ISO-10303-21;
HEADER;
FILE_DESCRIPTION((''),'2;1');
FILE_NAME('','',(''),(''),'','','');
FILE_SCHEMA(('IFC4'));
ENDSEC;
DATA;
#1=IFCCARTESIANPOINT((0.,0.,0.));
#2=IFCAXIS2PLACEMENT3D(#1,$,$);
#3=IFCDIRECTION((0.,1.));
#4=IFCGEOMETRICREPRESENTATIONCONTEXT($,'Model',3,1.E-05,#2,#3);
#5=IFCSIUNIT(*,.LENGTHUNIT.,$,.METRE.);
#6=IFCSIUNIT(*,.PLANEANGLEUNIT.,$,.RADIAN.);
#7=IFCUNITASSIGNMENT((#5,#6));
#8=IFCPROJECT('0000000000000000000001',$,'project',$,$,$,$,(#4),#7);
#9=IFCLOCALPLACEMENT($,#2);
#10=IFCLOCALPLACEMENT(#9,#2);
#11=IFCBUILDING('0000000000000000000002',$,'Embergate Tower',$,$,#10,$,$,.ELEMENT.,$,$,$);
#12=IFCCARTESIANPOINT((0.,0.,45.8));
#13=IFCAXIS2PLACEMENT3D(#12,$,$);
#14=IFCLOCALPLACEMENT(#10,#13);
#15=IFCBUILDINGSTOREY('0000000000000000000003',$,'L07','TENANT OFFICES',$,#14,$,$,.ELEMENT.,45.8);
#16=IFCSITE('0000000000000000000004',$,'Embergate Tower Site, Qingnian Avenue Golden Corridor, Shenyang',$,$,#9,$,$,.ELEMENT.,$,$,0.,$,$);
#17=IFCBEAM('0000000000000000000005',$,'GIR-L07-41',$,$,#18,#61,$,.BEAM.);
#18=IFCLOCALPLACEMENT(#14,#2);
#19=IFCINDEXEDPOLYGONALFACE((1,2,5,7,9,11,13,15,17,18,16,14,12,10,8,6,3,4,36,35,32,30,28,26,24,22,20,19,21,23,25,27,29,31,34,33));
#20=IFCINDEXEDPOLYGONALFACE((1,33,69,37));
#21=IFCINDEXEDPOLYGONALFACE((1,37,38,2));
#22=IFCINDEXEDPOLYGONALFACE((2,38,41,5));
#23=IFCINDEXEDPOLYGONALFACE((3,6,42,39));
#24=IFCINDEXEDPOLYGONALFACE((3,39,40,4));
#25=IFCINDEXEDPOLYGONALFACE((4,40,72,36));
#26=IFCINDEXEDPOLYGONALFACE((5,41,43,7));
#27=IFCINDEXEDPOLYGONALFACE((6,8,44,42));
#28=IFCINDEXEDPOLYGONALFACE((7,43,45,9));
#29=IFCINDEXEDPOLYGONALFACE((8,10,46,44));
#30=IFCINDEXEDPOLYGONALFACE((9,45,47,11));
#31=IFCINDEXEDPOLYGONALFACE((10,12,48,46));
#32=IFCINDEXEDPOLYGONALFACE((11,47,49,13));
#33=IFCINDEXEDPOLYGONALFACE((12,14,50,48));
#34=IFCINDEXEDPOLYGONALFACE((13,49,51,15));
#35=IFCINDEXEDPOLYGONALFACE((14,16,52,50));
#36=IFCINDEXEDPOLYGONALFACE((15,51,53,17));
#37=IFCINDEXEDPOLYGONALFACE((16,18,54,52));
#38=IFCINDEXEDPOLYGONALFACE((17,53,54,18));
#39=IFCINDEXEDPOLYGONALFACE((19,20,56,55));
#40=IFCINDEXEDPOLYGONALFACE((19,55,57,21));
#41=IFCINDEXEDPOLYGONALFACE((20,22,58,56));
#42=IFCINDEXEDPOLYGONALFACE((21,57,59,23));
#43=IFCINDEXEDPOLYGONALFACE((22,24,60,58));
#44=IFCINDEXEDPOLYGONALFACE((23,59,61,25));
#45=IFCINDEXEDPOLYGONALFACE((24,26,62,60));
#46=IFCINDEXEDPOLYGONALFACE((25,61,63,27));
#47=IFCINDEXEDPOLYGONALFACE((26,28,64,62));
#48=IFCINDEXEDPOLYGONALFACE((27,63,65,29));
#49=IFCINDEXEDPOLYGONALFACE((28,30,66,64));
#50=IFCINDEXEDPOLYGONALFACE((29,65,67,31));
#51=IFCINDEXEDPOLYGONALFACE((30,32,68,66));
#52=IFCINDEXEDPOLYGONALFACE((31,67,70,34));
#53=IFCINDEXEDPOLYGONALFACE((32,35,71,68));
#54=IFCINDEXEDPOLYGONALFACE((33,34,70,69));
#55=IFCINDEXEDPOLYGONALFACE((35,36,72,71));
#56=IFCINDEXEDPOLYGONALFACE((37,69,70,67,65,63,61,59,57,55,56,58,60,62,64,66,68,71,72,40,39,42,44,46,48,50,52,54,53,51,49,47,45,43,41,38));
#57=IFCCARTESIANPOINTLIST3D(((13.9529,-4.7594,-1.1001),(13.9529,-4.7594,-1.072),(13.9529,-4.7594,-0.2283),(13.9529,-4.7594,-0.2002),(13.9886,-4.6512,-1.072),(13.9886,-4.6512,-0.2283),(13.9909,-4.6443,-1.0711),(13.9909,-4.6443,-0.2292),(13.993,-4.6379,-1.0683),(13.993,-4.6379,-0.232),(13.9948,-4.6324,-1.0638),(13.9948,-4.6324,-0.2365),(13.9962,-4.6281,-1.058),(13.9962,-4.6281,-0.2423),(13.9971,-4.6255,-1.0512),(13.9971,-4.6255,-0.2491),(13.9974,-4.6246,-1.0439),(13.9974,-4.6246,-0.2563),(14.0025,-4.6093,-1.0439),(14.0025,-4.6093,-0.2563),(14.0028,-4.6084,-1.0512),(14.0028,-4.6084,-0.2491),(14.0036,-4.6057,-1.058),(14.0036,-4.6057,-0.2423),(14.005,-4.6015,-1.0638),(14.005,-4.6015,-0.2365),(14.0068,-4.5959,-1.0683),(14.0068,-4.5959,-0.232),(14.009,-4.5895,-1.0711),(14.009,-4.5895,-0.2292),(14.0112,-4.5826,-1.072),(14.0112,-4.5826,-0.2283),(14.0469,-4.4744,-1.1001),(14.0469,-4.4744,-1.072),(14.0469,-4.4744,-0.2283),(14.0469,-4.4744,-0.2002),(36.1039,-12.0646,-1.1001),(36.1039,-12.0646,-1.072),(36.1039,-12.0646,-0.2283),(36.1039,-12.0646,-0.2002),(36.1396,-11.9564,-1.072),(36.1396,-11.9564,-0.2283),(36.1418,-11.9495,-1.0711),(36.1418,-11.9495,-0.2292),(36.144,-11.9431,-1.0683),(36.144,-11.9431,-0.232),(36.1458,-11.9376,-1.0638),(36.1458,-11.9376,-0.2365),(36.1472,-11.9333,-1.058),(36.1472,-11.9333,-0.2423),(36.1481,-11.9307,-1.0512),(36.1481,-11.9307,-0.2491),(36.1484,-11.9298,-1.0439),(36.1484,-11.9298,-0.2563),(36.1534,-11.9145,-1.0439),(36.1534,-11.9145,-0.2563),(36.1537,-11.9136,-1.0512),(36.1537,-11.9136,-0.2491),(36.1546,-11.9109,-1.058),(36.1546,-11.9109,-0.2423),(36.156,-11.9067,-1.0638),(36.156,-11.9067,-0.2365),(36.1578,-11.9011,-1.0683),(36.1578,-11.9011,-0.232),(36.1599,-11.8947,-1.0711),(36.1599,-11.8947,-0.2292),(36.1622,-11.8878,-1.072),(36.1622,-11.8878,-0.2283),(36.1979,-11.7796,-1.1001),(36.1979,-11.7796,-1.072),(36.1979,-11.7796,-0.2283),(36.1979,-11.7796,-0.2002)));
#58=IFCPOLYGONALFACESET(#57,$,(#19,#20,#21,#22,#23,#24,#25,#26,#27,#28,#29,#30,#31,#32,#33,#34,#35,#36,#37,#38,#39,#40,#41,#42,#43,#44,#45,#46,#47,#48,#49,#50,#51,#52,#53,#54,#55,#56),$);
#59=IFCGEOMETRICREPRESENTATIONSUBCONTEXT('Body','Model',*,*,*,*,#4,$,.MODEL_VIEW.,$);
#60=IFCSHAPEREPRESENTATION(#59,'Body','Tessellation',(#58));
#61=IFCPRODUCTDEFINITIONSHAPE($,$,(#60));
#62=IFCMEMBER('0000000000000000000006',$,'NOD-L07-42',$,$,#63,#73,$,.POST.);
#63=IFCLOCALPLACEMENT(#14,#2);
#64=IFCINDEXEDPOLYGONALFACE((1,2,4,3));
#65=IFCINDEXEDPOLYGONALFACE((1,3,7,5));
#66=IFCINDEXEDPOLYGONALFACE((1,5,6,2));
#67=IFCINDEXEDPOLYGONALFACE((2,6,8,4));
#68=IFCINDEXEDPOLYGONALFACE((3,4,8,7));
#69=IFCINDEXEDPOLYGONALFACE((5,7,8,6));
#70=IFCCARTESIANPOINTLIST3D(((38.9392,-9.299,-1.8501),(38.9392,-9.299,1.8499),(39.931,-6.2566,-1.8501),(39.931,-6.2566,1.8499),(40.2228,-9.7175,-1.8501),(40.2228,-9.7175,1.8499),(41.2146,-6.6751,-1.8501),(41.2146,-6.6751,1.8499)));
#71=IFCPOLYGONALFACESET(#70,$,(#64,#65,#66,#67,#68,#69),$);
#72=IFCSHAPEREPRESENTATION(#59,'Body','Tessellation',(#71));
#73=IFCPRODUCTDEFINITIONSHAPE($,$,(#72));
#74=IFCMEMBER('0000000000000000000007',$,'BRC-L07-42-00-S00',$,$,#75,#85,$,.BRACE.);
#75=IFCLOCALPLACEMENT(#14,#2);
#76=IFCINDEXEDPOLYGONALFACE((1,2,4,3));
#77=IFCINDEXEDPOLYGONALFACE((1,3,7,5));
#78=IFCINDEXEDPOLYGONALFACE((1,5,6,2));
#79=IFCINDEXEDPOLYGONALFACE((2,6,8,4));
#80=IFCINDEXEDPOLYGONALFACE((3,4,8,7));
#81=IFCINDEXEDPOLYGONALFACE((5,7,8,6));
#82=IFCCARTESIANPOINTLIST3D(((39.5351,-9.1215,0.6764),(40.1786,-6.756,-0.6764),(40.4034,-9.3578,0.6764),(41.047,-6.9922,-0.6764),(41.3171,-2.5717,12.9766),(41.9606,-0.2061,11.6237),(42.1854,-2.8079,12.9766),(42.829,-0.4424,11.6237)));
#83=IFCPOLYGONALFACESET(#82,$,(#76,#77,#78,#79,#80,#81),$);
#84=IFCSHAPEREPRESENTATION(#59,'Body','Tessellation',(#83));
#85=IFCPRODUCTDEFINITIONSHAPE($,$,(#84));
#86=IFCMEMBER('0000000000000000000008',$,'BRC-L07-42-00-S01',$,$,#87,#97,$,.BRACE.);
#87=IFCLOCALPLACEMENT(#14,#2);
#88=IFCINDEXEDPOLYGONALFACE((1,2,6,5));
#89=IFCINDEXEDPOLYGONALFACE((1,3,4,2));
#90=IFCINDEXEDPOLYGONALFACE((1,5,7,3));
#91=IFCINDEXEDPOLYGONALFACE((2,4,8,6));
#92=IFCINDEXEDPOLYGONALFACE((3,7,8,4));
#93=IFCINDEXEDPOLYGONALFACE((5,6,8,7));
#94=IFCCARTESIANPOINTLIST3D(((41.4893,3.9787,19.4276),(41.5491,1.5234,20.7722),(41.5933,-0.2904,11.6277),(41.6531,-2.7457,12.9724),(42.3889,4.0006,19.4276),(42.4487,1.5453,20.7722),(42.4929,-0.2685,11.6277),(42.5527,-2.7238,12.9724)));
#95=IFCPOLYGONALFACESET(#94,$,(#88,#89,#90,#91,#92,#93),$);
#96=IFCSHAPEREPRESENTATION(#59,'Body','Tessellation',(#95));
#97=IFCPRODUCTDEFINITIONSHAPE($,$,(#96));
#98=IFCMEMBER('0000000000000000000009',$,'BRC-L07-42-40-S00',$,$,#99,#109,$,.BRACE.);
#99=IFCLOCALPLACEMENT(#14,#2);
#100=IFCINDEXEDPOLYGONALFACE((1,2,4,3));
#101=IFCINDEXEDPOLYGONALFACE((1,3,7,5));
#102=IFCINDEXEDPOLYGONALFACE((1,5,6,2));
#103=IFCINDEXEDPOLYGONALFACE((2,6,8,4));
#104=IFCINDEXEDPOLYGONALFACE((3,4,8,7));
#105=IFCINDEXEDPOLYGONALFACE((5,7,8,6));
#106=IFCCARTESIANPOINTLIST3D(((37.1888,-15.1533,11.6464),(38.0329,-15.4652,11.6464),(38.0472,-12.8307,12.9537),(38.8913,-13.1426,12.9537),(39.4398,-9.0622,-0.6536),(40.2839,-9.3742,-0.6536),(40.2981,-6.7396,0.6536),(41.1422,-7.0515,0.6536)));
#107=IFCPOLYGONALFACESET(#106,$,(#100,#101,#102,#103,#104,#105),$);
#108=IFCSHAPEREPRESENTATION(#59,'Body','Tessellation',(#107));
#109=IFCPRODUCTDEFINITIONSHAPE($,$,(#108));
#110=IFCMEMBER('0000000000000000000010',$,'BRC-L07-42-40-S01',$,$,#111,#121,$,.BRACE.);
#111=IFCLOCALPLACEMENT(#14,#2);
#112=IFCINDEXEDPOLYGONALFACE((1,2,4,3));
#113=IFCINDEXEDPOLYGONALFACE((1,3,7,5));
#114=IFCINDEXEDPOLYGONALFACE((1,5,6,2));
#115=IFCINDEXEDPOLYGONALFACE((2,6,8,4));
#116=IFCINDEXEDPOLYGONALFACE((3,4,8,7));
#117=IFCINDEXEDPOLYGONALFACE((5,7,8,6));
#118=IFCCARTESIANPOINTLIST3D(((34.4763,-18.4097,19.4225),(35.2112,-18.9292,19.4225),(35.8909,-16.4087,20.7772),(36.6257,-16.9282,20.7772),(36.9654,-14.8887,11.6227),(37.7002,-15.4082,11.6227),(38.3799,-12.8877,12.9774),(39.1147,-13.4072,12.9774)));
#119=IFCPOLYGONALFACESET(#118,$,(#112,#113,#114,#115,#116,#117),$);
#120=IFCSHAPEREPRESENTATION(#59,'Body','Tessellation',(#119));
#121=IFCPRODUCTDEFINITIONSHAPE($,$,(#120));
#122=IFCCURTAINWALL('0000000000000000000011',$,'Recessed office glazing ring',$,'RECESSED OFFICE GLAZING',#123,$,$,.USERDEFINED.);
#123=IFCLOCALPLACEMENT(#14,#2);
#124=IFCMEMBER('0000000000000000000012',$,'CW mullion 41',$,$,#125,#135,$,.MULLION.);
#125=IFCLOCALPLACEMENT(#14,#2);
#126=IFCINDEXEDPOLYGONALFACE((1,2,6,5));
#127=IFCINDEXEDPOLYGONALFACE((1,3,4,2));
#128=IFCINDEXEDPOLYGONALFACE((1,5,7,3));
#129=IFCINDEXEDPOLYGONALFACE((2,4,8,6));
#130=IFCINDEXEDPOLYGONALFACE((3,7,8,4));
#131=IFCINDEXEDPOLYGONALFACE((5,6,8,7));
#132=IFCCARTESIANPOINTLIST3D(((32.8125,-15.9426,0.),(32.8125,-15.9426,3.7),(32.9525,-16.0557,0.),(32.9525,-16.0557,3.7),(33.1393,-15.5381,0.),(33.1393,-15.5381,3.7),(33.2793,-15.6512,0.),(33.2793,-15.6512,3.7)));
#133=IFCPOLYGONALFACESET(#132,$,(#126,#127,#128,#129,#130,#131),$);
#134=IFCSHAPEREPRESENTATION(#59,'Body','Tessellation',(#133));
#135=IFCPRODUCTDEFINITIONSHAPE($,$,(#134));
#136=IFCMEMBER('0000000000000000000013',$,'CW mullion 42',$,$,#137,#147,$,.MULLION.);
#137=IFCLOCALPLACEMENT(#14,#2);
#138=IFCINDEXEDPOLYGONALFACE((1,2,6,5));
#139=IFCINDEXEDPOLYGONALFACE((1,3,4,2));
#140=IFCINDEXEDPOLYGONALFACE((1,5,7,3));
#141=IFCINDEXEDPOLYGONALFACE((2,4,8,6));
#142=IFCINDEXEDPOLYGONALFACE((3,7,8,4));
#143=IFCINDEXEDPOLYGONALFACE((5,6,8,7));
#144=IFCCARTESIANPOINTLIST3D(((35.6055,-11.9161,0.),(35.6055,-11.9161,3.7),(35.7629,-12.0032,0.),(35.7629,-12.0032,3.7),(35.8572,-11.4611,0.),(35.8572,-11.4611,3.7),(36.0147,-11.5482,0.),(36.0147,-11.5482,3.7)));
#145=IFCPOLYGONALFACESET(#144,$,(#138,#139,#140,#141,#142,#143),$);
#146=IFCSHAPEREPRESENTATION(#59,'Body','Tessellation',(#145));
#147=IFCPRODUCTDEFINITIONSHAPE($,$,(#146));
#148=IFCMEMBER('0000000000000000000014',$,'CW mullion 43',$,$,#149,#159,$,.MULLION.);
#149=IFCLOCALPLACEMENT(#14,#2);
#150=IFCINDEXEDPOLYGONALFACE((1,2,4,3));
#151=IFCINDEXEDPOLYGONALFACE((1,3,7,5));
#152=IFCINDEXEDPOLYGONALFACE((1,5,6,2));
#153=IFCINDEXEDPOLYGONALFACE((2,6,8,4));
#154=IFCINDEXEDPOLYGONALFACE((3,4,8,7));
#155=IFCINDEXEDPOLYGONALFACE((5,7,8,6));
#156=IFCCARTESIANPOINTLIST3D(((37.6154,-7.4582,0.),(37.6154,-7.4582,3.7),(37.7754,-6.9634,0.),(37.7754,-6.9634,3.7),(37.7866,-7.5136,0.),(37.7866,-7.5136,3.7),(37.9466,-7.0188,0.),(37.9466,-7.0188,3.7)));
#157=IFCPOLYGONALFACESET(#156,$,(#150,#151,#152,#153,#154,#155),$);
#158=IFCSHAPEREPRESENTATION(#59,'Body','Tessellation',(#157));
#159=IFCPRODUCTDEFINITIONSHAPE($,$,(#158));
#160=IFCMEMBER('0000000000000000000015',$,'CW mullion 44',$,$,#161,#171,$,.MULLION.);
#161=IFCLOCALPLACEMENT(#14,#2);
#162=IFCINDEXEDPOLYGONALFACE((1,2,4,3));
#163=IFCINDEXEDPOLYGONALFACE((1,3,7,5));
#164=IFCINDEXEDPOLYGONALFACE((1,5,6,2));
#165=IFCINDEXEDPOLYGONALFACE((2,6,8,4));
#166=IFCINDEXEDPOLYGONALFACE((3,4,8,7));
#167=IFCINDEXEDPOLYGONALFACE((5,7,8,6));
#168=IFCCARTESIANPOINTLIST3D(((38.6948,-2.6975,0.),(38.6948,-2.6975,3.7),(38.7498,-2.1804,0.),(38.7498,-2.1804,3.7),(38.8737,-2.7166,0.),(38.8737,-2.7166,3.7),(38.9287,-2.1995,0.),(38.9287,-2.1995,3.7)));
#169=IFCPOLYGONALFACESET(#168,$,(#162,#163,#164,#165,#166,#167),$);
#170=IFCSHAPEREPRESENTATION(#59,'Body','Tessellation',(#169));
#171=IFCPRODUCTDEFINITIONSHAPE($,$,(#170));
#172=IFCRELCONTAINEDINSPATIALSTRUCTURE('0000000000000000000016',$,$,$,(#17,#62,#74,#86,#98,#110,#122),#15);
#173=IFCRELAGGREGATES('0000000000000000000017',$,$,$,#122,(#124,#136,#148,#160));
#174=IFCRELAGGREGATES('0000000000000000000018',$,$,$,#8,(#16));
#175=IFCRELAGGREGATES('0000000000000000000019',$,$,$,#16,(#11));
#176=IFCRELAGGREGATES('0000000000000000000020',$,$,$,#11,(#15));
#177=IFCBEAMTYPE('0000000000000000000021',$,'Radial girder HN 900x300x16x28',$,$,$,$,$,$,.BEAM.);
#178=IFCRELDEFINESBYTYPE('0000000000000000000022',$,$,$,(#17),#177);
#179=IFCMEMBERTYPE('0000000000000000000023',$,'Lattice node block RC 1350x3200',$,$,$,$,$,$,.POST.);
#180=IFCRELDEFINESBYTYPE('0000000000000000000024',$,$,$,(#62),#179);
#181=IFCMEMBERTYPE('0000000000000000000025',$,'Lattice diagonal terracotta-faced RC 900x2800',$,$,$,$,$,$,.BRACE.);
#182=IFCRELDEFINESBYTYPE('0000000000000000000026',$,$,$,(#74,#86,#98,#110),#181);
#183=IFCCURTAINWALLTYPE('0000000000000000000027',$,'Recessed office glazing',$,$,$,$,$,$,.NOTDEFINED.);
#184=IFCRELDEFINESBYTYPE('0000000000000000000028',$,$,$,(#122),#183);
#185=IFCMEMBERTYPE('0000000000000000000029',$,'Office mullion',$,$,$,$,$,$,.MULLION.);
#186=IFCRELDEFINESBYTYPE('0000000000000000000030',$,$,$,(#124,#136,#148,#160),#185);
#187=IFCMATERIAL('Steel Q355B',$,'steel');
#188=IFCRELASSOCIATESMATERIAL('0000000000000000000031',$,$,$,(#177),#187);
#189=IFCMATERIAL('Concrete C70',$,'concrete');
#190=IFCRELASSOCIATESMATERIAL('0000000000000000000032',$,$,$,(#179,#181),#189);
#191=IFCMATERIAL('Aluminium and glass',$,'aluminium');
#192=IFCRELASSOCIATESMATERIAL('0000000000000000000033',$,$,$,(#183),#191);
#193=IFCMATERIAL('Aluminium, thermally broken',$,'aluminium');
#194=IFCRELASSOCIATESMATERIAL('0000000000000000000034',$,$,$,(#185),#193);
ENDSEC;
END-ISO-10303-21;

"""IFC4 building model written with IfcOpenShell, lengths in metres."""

from ifc_helpers import new_model, si_unit, direction, frame, origin, origin_2d, place, context, subcontext, project, spatial, rectangle, i_section, extrude, source, transform, mapped, material, material_profile, profile_set, type_object, element, aggregate, save


model = new_model("IFC4")

# Units and contexts
model_context = context("Model", 3, precision=1e-05, world=origin(), true_north=direction((0.0, 1.0)))
body_context = subcontext(model_context, "Body", "Model", "MODEL_VIEW")
ifc_project = project(units=[si_unit("LENGTHUNIT", "METRE"), si_unit("PLANEANGLEUNIT", "RADIAN")], contexts=[model_context])

# Site, building, storey
site_placement = place(None, origin())
site = spatial("IfcSite", under=ifc_project, at=site_placement, Name="Embergate Tower Site, Qingnian Avenue Golden Corridor, Shenyang", CompositionType="ELEMENT", RefElevation=0.0)
building_placement = place(site_placement, origin())
building = spatial("IfcBuilding", under=site, at=building_placement, Name="Embergate Tower", CompositionType="ELEMENT")
storey_placement = place(building_placement, frame((0.0, 0.0, 45.8)))
storey = spatial("IfcBuildingStorey", under=building, at=storey_placement, Name="L07", Description="TENANT OFFICES", CompositionType="ELEMENT", Elevation=45.8)

# Shared definitions
ifc_material_1 = material(Name="Concrete C70", Category="concrete")

# Beam
ifc_material_2 = material(Name="Steel Q355B", Category="steel")
ifc_material_profile_1 = material_profile(ifc_material_2, i_section(OverallWidth=0.3, OverallDepth=0.8999, WebThickness=0.0161, FlangeThickness=0.0281, FilletRadius=0.0281, at=origin_2d()), Name="HN 900x300x16x28")
ifc_profile_set_1 = profile_set([ifc_material_profile_1], Name="Steel Q355 grade B")
beam_type_1 = type_object("IfcBeamType", Name="Radial girder HN 900x300x16x28", PredefinedType="BEAM", material=ifc_profile_set_1)
shared_shape_1 = source(origin(), body_context, "Body", "SweptSolid", [
    extrude(i_section(OverallWidth=0.3, OverallDepth=0.8999, WebThickness=0.0161, FlangeThickness=0.0281, FilletRadius=0.0281, at=origin_2d()), origin(), (0.0, 0.0, 1.0), 23.3245),
])
beam_1_placement = place(storey_placement, frame((36.1509, -11.9221, -0.6501), z_axis=(-0.949688, 0.313199, 0.0), x_axis=(-0.313199, -0.949688, 0.0)))
element("IfcBeam", 1, at=beam_1_placement, inside=storey, type_object=beam_type_1, Name="GIR-L07-41", PredefinedType="BEAM", context=body_context, shape_type="MappedRepresentation", body=[
    mapped(shared_shape_1, transform((0.0, 0.0, 0.0))),
])

# Members
ifc_material_profile_2 = material_profile(ifc_material_1, rectangle(XDim=1.3501, YDim=3.2, at=origin_2d()), Name="RC 1350x3200")
ifc_profile_set_2 = profile_set([ifc_material_profile_2], Name="Concrete C70")
member_type_1 = type_object("IfcMemberType", Name="Lattice node block RC 1350x3200", PredefinedType="POST", material=ifc_profile_set_2)
shared_shape_2 = source(origin(), body_context, "Body", "SweptSolid", [
    extrude(rectangle(XDim=1.3501, YDim=3.2, at=origin_2d()), origin(), (0.0, 0.0, 1.0), 3.7),
])
member_1_placement = place(storey_placement, frame((40.0769, -7.9871, -1.8501), z_axis=(0.0, 0.0, 1.0), x_axis=(0.950754, -0.309946, 0.0)))
element("IfcMember", 2, at=member_1_placement, inside=storey, type_object=member_type_1, Name="NOD-L07-42", PredefinedType="POST", context=body_context, shape_type="MappedRepresentation", body=[
    mapped(shared_shape_2, transform((0.0, 0.0, 0.0))),
])
ifc_material_profile_3 = material_profile(ifc_material_1, rectangle(XDim=0.8999, YDim=2.8, at=origin_2d()), Name="RC 900x2800")
ifc_profile_set_3 = profile_set([ifc_material_profile_3], Name="Concrete C70")
member_type_2 = type_object("IfcMemberType", Name="Lattice diagonal terracotta-faced RC 900x2800", PredefinedType="BRACE", material=ifc_profile_set_3)
shared_shape_3 = source(origin(), body_context, "Body", "SweptSolid", [
    extrude(rectangle(XDim=0.8999, YDim=2.8, at=origin_2d()), origin(), (0.0, 0.0, 1.0), 14.0488),
])
member_2_placement = place(storey_placement, frame((40.291, -8.0569, 0.0), z_axis=(0.126843, 0.466221, 0.875528), x_axis=(-0.964925, 0.262524, 0.0)))
element("IfcMember", 3, at=member_2_placement, inside=storey, type_object=member_type_2, Name="BRC-L07-42-00-S00", PredefinedType="BRACE", context=body_context, shape_type="MappedRepresentation", body=[
    mapped(shared_shape_3, transform((0.0, 0.0, 0.0))),
])
shared_shape_4 = source(origin(), body_context, "Body", "SweptSolid", [
    extrude(rectangle(XDim=0.8999, YDim=2.8, at=origin_2d()), origin(), (0.0, 0.0, 1.0), 8.8923),
])
member_3_placement = place(storey_placement, frame((42.073, -1.5071, 12.3), z_axis=(-0.011696, 0.480085, 0.877144), x_axis=(-0.999703, -0.024355, 0.0)))
element("IfcMember", 4, at=member_3_placement, inside=storey, type_object=member_type_2, Name="BRC-L07-42-00-S01", PredefinedType="BRACE", context=body_context, shape_type="MappedRepresentation", body=[
    mapped(shared_shape_4, transform((0.0, 0.0, 0.0))),
])
shared_shape_5 = source(origin(), body_context, "Body", "SweptSolid", [
    extrude(rectangle(XDim=0.8999, YDim=2.8, at=origin_2d()), origin(), (0.0, 0.0, 1.0), 13.9089),
])
member_4_placement = place(storey_placement, frame((40.291, -8.0569, 0.0), z_axis=(-0.161836, -0.437924, 0.884326), x_axis=(0.937998, -0.346641, 0.0)))
element("IfcMember", 5, at=member_4_placement, inside=storey, type_object=member_type_2, Name="BRC-L07-42-40-S00", PredefinedType="BRACE", context=body_context, shape_type="MappedRepresentation", body=[
    mapped(shared_shape_5, transform((0.0, 0.0, 0.0))),
])
shared_shape_6 = source(origin(), body_context, "Body", "SweptSolid", [
    extrude(rectangle(XDim=0.8999, YDim=2.8, at=origin_2d()), origin(), (0.0, 0.0, 1.0), 8.9124),
])
member_5_placement = place(storey_placement, frame((38.04, -14.1479, 12.3), z_axis=(-0.279278, -0.39507, 0.87517), x_axis=(0.816574, -0.577241, 0.0)))
element("IfcMember", 6, at=member_5_placement, inside=storey, type_object=member_type_2, Name="BRC-L07-42-40-S01", PredefinedType="BRACE", context=body_context, shape_type="MappedRepresentation", body=[
    mapped(shared_shape_6, transform((0.0, 0.0, 0.0))),
])

# Curtain wall, members
ifc_material_3 = material(Name="Aluminium and glass", Category="aluminium")
curtain_wall_type = type_object("IfcCurtainWallType", Name="Recessed office glazing", PredefinedType="NOTDEFINED", material=ifc_material_3)
curtain_wall_placement = place(storey_placement, origin())
curtain_wall = element("IfcCurtainWall", 7, at=curtain_wall_placement, inside=storey, type_object=curtain_wall_type, Name="Recessed office glazing ring", ObjectType="RECESSED OFFICE GLAZING", PredefinedType="USERDEFINED")
ifc_material_4 = material(Name="Aluminium, thermally broken", Category="aluminium")
ifc_material_profile_4 = material_profile(ifc_material_4, rectangle(XDim=0.1799, YDim=0.52, at=origin_2d()), Name="AL 520x180")
ifc_profile_set_4 = profile_set([ifc_material_profile_4], Name="Aluminium, thermally broken")
member_type_3 = type_object("IfcMemberType", Name="Office mullion", PredefinedType="MULLION", material=ifc_profile_set_4)
shared_shape_7 = source(origin(), body_context, "Body", "SweptSolid", [
    extrude(rectangle(XDim=0.1799, YDim=0.52, at=origin_2d()), origin(), (0.0, 0.0, 1.0), 3.7),
])
member_6_placement = place(storey_placement, frame((33.0459, -15.7969, 0.0), z_axis=(0.0, 0.0, 1.0), x_axis=(-0.777876, 0.628418, 0.0)))
member_6 = element("IfcMember", 8, at=member_6_placement, type_object=member_type_3, Name="CW mullion 41", PredefinedType="MULLION", context=body_context, shape_type="MappedRepresentation", body=[
    mapped(shared_shape_7, transform((0.0, 0.0, 0.0))),
])
member_7_placement = place(storey_placement, frame((35.8101, -11.7322, 0.0), z_axis=(0.0, 0.0, 1.0), x_axis=(-0.875004, 0.484115, 0.0)))
member_7 = element("IfcMember", 9, at=member_7_placement, type_object=member_type_3, Name="CW mullion 42", PredefinedType="MULLION", context=body_context, shape_type="MappedRepresentation", body=[
    mapped(shared_shape_7, transform((0.0, 0.0, 0.0))),
])
member_8_placement = place(storey_placement, frame((37.781, -7.2385, 0.0), z_axis=(0.0, 0.0, 1.0), x_axis=(-0.951499, 0.307651, 0.0)))
member_8 = element("IfcMember", 10, at=member_8_placement, type_object=member_type_3, Name="CW mullion 43", PredefinedType="MULLION", context=body_context, shape_type="MappedRepresentation", body=[
    mapped(shared_shape_7, transform((0.0, 0.0, 0.0))),
])
member_9_placement = place(storey_placement, frame((38.8118, -2.4485, 0.0), z_axis=(0.0, 0.0, 1.0), x_axis=(-0.994385, 0.105822, 0.0)))
member_9 = element("IfcMember", 11, at=member_9_placement, type_object=member_type_3, Name="CW mullion 44", PredefinedType="MULLION", context=body_context, shape_type="MappedRepresentation", body=[
    mapped(shared_shape_7, transform((0.0, 0.0, 0.0))),
])
aggregate(curtain_wall, [member_6, member_7, member_8, member_9])

save(model, "model.ifc")
